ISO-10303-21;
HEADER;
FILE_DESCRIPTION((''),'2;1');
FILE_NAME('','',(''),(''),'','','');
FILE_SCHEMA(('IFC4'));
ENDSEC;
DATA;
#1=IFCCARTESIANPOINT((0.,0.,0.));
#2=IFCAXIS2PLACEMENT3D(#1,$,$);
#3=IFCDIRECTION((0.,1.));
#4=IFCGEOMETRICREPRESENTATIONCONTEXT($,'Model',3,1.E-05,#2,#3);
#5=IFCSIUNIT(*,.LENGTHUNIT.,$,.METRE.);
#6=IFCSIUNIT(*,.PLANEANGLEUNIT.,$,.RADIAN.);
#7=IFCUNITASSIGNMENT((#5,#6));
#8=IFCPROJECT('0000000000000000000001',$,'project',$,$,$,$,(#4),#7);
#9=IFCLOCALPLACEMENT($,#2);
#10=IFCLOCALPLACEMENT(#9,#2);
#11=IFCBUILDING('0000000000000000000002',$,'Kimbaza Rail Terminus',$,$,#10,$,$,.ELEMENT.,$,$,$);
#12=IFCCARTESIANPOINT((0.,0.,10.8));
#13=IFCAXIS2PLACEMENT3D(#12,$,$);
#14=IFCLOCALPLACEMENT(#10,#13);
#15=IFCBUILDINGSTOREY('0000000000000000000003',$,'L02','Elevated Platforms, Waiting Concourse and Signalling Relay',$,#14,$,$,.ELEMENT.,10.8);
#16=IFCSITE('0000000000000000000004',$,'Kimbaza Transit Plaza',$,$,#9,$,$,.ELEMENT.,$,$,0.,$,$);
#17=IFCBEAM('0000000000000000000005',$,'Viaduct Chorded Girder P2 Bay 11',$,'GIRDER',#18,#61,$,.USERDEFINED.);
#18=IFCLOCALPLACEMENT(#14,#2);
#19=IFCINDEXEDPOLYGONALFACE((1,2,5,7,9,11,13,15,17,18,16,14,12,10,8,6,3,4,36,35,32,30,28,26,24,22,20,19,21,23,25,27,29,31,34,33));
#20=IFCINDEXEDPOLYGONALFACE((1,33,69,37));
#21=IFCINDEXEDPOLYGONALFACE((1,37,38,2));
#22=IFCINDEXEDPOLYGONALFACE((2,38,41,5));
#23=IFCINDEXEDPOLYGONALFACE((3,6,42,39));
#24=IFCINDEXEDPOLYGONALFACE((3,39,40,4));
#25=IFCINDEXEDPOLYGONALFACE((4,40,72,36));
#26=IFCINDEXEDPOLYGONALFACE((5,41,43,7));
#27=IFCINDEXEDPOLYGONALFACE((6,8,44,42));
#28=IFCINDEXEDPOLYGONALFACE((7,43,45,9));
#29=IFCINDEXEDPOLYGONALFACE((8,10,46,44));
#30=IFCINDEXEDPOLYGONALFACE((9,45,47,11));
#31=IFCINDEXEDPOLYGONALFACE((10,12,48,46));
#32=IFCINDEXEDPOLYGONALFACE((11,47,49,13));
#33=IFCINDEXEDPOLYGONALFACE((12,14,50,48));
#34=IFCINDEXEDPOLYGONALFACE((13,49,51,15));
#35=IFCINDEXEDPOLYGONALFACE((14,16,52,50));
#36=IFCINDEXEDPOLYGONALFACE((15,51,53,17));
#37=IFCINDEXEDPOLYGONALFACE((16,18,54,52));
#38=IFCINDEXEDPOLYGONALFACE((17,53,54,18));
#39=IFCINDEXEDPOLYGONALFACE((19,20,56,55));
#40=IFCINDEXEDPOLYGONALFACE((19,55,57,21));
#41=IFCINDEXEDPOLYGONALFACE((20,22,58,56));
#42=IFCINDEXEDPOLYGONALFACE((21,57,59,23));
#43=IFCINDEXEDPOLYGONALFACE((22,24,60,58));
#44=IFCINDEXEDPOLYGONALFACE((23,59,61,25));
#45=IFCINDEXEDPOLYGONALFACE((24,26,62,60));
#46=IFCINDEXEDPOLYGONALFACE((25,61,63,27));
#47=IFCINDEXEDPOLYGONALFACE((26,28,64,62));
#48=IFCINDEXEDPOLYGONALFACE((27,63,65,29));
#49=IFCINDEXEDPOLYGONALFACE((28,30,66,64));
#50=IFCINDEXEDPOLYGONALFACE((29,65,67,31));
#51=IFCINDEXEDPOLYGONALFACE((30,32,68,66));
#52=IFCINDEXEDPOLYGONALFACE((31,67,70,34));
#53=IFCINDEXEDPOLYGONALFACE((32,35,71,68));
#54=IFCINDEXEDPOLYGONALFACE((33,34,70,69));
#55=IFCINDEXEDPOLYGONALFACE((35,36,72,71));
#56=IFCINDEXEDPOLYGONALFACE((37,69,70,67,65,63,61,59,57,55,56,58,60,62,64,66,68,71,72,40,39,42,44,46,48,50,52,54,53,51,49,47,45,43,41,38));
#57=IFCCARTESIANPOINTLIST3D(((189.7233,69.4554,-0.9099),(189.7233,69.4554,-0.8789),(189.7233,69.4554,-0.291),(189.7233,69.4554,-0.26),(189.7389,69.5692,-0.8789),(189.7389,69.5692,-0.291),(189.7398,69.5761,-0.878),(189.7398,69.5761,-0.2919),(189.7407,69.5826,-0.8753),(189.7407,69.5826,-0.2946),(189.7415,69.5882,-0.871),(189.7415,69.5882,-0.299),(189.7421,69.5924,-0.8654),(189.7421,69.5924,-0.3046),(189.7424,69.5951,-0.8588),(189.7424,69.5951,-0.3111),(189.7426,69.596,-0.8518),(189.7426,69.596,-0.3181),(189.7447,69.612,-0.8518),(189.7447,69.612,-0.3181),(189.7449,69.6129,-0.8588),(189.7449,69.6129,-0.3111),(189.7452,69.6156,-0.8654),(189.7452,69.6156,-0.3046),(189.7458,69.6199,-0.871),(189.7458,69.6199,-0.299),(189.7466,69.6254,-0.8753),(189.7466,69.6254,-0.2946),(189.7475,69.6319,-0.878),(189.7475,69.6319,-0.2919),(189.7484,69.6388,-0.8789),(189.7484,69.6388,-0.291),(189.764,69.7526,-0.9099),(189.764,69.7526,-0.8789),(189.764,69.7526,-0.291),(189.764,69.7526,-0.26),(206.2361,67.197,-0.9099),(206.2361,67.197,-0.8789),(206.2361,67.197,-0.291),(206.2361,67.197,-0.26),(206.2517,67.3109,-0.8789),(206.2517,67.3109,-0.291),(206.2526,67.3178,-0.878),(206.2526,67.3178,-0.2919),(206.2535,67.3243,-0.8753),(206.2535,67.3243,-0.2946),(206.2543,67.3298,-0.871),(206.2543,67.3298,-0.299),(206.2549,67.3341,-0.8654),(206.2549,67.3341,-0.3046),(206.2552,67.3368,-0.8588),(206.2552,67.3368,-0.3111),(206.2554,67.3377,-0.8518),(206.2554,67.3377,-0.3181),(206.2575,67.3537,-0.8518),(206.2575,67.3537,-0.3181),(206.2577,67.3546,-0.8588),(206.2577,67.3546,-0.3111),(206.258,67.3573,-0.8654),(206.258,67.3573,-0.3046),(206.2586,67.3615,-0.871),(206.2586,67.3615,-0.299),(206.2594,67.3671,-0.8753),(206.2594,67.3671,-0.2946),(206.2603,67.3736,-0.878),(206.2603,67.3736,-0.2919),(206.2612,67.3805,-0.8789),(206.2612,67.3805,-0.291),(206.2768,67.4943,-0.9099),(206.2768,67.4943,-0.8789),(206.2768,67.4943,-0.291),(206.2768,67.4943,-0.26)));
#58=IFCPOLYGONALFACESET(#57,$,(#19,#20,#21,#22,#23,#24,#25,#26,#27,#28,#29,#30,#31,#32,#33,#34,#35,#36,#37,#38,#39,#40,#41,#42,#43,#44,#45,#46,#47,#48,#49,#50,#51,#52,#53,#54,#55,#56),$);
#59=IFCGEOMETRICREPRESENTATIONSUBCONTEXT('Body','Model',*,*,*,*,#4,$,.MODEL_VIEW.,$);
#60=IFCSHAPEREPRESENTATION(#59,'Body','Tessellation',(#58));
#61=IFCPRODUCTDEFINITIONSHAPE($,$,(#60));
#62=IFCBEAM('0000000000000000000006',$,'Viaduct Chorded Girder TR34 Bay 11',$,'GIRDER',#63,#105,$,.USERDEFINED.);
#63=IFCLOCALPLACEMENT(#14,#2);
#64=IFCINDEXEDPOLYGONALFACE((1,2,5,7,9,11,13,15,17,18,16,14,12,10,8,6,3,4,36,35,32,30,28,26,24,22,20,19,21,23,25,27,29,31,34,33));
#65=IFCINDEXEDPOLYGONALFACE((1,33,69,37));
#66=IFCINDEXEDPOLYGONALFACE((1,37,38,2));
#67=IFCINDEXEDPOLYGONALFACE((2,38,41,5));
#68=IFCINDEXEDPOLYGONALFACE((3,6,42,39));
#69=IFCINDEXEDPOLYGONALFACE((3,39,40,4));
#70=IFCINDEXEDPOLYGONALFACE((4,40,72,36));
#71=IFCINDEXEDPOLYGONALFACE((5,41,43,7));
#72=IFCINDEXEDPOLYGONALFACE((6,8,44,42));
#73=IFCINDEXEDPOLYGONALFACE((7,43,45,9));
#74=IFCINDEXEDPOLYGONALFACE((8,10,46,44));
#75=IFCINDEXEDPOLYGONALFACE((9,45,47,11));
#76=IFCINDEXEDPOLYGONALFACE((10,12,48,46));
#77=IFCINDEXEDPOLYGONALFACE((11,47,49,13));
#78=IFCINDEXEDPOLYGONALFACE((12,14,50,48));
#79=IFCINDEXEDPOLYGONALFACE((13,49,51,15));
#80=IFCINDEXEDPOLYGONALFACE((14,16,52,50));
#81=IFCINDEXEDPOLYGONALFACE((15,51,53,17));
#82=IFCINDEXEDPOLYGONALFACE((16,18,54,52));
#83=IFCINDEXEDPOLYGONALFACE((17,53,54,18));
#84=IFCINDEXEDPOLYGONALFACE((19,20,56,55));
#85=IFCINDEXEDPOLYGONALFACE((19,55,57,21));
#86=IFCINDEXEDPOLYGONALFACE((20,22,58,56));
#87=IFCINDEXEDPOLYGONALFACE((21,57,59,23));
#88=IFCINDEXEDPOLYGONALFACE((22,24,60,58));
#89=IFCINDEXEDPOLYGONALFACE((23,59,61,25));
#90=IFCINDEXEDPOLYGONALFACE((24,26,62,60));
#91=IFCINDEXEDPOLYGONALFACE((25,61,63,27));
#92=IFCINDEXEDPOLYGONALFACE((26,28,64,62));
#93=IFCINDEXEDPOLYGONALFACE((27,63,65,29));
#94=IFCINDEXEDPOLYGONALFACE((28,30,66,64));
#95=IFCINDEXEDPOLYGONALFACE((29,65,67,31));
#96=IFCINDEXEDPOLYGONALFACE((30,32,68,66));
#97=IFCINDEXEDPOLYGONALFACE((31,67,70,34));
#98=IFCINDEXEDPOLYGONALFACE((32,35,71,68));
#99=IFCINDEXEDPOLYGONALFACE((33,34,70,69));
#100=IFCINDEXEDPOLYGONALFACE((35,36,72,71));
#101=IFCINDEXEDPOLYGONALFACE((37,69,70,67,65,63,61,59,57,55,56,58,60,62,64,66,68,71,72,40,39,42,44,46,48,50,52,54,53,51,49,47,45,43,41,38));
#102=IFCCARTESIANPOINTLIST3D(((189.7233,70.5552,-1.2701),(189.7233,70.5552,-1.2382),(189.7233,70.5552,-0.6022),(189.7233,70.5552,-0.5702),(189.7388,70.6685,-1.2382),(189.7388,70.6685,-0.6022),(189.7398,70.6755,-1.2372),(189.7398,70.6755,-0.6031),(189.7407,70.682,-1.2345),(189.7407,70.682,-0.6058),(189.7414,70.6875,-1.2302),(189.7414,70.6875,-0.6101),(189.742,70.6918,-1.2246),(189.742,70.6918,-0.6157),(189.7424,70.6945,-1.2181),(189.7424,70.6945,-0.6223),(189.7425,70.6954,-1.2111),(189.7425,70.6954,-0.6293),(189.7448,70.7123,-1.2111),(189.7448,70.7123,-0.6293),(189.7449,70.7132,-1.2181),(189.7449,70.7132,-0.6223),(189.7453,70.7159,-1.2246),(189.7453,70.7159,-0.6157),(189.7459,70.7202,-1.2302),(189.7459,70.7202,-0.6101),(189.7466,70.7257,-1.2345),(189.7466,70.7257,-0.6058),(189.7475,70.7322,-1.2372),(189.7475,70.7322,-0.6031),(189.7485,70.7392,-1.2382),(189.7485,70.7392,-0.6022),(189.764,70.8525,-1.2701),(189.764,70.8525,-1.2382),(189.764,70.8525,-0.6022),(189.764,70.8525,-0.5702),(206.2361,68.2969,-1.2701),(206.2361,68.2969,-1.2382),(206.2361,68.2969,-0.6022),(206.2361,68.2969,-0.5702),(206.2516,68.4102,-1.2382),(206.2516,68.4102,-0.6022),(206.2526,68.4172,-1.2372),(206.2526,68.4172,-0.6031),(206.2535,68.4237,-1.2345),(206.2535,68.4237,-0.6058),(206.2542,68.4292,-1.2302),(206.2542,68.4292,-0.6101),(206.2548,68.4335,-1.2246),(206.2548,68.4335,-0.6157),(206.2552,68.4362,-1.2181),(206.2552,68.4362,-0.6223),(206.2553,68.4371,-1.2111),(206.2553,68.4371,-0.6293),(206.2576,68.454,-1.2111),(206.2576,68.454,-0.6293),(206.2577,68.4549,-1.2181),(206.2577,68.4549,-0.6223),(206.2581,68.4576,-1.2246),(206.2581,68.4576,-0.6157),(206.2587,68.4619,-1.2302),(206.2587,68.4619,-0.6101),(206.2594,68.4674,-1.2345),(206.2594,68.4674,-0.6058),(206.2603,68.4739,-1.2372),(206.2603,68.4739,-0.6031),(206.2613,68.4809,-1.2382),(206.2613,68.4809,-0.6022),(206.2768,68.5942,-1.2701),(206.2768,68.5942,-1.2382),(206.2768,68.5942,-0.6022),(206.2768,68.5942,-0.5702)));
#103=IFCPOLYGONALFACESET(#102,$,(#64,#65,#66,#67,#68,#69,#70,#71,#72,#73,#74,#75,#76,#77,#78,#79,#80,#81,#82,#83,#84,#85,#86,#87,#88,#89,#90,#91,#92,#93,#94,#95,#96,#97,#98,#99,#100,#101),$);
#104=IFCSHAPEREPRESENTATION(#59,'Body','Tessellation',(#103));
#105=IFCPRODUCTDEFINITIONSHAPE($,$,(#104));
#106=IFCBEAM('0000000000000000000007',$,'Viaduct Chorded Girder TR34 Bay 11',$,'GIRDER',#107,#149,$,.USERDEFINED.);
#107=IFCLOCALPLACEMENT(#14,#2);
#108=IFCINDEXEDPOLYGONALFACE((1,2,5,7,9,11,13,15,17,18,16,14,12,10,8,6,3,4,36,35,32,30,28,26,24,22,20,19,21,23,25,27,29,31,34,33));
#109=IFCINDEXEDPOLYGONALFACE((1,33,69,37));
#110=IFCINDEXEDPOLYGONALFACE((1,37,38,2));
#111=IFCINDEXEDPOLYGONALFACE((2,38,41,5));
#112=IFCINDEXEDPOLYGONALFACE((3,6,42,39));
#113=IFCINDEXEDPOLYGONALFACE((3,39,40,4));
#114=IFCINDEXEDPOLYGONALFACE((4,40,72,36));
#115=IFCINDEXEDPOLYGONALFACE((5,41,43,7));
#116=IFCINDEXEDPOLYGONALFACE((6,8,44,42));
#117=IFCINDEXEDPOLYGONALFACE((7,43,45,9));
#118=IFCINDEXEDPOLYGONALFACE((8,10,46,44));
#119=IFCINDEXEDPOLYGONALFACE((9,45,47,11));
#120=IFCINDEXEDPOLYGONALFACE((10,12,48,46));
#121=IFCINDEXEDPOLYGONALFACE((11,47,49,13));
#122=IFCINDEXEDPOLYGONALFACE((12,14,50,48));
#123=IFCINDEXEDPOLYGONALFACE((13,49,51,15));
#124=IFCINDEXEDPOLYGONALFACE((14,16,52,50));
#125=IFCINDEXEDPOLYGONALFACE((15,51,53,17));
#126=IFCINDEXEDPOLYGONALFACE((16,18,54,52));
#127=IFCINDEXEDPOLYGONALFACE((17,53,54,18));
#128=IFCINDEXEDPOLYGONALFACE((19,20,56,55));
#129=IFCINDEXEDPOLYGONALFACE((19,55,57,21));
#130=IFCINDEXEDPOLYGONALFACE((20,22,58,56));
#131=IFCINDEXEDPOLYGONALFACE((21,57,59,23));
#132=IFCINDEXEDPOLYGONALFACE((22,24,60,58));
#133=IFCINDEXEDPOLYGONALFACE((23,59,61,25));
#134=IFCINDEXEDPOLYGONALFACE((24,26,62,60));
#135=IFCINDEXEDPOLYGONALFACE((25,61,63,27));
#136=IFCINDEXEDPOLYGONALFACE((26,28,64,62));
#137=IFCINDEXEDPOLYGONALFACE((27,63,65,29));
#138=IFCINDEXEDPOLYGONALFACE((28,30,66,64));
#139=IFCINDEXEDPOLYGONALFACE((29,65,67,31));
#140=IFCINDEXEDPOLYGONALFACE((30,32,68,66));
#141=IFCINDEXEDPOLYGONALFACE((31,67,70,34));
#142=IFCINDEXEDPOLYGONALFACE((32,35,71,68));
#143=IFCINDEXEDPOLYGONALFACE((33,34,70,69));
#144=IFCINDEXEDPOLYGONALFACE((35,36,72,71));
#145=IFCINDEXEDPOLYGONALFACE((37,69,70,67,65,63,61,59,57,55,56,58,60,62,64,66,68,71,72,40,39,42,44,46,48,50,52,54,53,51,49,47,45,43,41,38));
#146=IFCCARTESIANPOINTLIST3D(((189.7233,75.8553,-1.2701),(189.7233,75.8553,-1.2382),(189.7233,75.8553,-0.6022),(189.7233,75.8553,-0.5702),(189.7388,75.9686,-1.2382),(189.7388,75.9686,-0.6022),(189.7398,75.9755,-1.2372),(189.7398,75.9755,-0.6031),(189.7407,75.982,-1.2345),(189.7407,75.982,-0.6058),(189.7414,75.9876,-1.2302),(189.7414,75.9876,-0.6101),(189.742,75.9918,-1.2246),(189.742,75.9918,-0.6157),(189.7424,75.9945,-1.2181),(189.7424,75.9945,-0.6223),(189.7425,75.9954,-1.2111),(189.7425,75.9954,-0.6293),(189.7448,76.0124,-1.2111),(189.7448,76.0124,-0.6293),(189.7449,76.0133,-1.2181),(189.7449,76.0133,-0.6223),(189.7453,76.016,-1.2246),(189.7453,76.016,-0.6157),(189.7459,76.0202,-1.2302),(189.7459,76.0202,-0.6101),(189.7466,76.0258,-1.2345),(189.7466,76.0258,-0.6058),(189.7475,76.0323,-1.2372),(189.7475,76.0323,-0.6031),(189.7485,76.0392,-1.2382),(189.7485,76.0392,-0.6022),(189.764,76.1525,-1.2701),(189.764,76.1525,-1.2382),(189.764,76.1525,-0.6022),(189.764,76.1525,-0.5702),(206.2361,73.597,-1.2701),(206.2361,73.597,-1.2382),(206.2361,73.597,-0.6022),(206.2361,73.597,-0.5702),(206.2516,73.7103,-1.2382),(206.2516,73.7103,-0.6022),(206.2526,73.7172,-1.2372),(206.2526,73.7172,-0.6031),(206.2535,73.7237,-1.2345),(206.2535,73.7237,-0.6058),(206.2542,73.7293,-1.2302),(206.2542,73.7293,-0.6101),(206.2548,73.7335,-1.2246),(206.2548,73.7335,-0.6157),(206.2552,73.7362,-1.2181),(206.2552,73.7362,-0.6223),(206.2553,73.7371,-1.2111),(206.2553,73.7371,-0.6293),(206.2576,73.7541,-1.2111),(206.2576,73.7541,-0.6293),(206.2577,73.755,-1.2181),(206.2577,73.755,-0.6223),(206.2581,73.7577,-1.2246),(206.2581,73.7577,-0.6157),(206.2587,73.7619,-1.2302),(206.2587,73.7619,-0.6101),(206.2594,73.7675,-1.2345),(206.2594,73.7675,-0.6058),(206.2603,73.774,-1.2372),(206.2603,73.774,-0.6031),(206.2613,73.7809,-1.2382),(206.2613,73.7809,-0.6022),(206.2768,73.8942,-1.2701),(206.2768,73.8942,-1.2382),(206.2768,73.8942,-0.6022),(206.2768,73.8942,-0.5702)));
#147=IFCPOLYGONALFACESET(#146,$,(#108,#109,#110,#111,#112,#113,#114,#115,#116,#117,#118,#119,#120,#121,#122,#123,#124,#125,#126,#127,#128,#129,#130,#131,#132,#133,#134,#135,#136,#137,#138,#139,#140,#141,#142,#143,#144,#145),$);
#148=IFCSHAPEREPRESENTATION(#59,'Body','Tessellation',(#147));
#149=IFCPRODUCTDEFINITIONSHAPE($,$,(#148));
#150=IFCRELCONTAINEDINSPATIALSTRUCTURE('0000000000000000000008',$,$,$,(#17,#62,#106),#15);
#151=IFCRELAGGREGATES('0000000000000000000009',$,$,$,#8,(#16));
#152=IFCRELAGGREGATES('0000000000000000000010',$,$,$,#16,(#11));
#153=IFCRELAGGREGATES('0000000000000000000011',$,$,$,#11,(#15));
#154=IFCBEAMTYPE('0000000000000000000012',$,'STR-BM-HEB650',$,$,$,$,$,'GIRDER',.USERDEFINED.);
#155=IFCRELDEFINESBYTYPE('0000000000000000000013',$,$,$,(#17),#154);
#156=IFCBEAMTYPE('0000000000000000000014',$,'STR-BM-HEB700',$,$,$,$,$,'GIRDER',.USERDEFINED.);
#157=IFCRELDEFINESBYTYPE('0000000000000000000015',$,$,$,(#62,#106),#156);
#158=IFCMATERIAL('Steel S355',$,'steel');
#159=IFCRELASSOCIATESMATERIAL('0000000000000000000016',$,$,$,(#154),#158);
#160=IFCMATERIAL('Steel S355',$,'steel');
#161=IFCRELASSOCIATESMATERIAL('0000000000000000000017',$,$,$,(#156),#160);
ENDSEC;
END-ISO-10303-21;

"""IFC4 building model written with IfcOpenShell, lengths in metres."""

from ifc_helpers import new_model, si_unit, direction, frame, origin, origin_2d, place, context, subcontext, project, spatial, i_section, extrude, material, material_profile, profile_set, type_object, element, save


model = new_model("IFC4")

# Units and contexts
model_context = context("Model", 3, precision=1e-05, world=origin(), true_north=direction((0.0, 1.0)))
body_context = subcontext(model_context, "Body", "Model", "MODEL_VIEW")
ifc_project = project(units=[si_unit("LENGTHUNIT", "METRE"), si_unit("PLANEANGLEUNIT", "RADIAN")], contexts=[model_context])

# Site, building, storey
site_placement = place(None, origin())
site = spatial("IfcSite", under=ifc_project, at=site_placement, Name="Kimbaza Transit Plaza", CompositionType="ELEMENT", RefElevation=0.0)
building_placement = place(site_placement, origin())
building = spatial("IfcBuilding", under=site, at=building_placement, Name="Kimbaza Rail Terminus", CompositionType="ELEMENT")
storey_placement = place(building_placement, frame((0.0, 0.0, 10.8)))
storey = spatial("IfcBuildingStorey", under=building, at=storey_placement, Name="L02", Description="Elevated Platforms, Waiting Concourse and Signalling Relay", CompositionType="ELEMENT", Elevation=10.8)

# Beams
ifc_material_1 = material(Name="Steel S355", Category="steel")
ifc_material_profile_1 = material_profile(ifc_material_1, i_section(OverallWidth=0.3, OverallDepth=0.6499, WebThickness=0.0161, FlangeThickness=0.031, FilletRadius=0.0271, at=origin_2d()), Name="HEB 650")
ifc_profile_set_1 = profile_set([ifc_material_profile_1], Name="Steel S355")
beam_type_1 = type_object("IfcBeamType", Name="STR-BM-HEB650", ElementType="GIRDER", PredefinedType="USERDEFINED", material=ifc_profile_set_1)
beam_placement = place(storey_placement, frame((189.7437, 69.604, -0.585), z_axis=(0.990777, -0.1355, 0.0), x_axis=(0.1355, 0.990777, 0.0)))
element("IfcBeam", 1, at=beam_placement, inside=storey, type_object=beam_type_1, Name="Viaduct Chorded Girder P2 Bay 11", ObjectType="GIRDER", PredefinedType="USERDEFINED", context=body_context, shape_type="SweptSolid", body=[
    extrude(i_section(OverallWidth=0.3, OverallDepth=0.6499, WebThickness=0.0161, FlangeThickness=0.031, FilletRadius=0.0271, at=origin_2d()), origin(), (0.0, 0.0, 1.0), 16.6665),
])
ifc_material_2 = material(Name="Steel S355", Category="steel")
ifc_material_profile_2 = material_profile(ifc_material_2, i_section(OverallWidth=0.3, OverallDepth=0.7, WebThickness=0.0171, FlangeThickness=0.032, FilletRadius=0.0271, at=origin_2d()), Name="HEB 700")
ifc_profile_set_2 = profile_set([ifc_material_profile_2], Name="Steel S355")
beam_type_2 = type_object("IfcBeamType", Name="STR-BM-HEB700", ElementType="GIRDER", PredefinedType="USERDEFINED", material=ifc_profile_set_2)
for number, where, z_axis, x_axis, name in (
    (2, (189.7437, 70.7039, -0.9202), (0.990777, -0.1355, 0.0), (0.1355, 0.990777, 0.0), "Viaduct Chorded Girder TR34 Bay 11"),
    (3, (189.7437, 76.0039, -0.9202), (0.990777, -0.1355, 0.0), (0.1355, 0.990777, 0.0), "Viaduct Chorded Girder TR34 Bay 11"),
):
    element("IfcBeam", number, at=place(storey_placement, frame(where, z_axis=z_axis, x_axis=x_axis)), inside=storey, type_object=beam_type_2, Name=name, ObjectType="GIRDER", PredefinedType="USERDEFINED", context=body_context, shape_type="SweptSolid", body=[
        extrude(i_section(OverallWidth=0.3, OverallDepth=0.7, WebThickness=0.0171, FlangeThickness=0.032, FilletRadius=0.0271, at=origin_2d()), origin(), (0.0, 0.0, 1.0), 16.6665),
    ])

save(model, "model.ifc")
